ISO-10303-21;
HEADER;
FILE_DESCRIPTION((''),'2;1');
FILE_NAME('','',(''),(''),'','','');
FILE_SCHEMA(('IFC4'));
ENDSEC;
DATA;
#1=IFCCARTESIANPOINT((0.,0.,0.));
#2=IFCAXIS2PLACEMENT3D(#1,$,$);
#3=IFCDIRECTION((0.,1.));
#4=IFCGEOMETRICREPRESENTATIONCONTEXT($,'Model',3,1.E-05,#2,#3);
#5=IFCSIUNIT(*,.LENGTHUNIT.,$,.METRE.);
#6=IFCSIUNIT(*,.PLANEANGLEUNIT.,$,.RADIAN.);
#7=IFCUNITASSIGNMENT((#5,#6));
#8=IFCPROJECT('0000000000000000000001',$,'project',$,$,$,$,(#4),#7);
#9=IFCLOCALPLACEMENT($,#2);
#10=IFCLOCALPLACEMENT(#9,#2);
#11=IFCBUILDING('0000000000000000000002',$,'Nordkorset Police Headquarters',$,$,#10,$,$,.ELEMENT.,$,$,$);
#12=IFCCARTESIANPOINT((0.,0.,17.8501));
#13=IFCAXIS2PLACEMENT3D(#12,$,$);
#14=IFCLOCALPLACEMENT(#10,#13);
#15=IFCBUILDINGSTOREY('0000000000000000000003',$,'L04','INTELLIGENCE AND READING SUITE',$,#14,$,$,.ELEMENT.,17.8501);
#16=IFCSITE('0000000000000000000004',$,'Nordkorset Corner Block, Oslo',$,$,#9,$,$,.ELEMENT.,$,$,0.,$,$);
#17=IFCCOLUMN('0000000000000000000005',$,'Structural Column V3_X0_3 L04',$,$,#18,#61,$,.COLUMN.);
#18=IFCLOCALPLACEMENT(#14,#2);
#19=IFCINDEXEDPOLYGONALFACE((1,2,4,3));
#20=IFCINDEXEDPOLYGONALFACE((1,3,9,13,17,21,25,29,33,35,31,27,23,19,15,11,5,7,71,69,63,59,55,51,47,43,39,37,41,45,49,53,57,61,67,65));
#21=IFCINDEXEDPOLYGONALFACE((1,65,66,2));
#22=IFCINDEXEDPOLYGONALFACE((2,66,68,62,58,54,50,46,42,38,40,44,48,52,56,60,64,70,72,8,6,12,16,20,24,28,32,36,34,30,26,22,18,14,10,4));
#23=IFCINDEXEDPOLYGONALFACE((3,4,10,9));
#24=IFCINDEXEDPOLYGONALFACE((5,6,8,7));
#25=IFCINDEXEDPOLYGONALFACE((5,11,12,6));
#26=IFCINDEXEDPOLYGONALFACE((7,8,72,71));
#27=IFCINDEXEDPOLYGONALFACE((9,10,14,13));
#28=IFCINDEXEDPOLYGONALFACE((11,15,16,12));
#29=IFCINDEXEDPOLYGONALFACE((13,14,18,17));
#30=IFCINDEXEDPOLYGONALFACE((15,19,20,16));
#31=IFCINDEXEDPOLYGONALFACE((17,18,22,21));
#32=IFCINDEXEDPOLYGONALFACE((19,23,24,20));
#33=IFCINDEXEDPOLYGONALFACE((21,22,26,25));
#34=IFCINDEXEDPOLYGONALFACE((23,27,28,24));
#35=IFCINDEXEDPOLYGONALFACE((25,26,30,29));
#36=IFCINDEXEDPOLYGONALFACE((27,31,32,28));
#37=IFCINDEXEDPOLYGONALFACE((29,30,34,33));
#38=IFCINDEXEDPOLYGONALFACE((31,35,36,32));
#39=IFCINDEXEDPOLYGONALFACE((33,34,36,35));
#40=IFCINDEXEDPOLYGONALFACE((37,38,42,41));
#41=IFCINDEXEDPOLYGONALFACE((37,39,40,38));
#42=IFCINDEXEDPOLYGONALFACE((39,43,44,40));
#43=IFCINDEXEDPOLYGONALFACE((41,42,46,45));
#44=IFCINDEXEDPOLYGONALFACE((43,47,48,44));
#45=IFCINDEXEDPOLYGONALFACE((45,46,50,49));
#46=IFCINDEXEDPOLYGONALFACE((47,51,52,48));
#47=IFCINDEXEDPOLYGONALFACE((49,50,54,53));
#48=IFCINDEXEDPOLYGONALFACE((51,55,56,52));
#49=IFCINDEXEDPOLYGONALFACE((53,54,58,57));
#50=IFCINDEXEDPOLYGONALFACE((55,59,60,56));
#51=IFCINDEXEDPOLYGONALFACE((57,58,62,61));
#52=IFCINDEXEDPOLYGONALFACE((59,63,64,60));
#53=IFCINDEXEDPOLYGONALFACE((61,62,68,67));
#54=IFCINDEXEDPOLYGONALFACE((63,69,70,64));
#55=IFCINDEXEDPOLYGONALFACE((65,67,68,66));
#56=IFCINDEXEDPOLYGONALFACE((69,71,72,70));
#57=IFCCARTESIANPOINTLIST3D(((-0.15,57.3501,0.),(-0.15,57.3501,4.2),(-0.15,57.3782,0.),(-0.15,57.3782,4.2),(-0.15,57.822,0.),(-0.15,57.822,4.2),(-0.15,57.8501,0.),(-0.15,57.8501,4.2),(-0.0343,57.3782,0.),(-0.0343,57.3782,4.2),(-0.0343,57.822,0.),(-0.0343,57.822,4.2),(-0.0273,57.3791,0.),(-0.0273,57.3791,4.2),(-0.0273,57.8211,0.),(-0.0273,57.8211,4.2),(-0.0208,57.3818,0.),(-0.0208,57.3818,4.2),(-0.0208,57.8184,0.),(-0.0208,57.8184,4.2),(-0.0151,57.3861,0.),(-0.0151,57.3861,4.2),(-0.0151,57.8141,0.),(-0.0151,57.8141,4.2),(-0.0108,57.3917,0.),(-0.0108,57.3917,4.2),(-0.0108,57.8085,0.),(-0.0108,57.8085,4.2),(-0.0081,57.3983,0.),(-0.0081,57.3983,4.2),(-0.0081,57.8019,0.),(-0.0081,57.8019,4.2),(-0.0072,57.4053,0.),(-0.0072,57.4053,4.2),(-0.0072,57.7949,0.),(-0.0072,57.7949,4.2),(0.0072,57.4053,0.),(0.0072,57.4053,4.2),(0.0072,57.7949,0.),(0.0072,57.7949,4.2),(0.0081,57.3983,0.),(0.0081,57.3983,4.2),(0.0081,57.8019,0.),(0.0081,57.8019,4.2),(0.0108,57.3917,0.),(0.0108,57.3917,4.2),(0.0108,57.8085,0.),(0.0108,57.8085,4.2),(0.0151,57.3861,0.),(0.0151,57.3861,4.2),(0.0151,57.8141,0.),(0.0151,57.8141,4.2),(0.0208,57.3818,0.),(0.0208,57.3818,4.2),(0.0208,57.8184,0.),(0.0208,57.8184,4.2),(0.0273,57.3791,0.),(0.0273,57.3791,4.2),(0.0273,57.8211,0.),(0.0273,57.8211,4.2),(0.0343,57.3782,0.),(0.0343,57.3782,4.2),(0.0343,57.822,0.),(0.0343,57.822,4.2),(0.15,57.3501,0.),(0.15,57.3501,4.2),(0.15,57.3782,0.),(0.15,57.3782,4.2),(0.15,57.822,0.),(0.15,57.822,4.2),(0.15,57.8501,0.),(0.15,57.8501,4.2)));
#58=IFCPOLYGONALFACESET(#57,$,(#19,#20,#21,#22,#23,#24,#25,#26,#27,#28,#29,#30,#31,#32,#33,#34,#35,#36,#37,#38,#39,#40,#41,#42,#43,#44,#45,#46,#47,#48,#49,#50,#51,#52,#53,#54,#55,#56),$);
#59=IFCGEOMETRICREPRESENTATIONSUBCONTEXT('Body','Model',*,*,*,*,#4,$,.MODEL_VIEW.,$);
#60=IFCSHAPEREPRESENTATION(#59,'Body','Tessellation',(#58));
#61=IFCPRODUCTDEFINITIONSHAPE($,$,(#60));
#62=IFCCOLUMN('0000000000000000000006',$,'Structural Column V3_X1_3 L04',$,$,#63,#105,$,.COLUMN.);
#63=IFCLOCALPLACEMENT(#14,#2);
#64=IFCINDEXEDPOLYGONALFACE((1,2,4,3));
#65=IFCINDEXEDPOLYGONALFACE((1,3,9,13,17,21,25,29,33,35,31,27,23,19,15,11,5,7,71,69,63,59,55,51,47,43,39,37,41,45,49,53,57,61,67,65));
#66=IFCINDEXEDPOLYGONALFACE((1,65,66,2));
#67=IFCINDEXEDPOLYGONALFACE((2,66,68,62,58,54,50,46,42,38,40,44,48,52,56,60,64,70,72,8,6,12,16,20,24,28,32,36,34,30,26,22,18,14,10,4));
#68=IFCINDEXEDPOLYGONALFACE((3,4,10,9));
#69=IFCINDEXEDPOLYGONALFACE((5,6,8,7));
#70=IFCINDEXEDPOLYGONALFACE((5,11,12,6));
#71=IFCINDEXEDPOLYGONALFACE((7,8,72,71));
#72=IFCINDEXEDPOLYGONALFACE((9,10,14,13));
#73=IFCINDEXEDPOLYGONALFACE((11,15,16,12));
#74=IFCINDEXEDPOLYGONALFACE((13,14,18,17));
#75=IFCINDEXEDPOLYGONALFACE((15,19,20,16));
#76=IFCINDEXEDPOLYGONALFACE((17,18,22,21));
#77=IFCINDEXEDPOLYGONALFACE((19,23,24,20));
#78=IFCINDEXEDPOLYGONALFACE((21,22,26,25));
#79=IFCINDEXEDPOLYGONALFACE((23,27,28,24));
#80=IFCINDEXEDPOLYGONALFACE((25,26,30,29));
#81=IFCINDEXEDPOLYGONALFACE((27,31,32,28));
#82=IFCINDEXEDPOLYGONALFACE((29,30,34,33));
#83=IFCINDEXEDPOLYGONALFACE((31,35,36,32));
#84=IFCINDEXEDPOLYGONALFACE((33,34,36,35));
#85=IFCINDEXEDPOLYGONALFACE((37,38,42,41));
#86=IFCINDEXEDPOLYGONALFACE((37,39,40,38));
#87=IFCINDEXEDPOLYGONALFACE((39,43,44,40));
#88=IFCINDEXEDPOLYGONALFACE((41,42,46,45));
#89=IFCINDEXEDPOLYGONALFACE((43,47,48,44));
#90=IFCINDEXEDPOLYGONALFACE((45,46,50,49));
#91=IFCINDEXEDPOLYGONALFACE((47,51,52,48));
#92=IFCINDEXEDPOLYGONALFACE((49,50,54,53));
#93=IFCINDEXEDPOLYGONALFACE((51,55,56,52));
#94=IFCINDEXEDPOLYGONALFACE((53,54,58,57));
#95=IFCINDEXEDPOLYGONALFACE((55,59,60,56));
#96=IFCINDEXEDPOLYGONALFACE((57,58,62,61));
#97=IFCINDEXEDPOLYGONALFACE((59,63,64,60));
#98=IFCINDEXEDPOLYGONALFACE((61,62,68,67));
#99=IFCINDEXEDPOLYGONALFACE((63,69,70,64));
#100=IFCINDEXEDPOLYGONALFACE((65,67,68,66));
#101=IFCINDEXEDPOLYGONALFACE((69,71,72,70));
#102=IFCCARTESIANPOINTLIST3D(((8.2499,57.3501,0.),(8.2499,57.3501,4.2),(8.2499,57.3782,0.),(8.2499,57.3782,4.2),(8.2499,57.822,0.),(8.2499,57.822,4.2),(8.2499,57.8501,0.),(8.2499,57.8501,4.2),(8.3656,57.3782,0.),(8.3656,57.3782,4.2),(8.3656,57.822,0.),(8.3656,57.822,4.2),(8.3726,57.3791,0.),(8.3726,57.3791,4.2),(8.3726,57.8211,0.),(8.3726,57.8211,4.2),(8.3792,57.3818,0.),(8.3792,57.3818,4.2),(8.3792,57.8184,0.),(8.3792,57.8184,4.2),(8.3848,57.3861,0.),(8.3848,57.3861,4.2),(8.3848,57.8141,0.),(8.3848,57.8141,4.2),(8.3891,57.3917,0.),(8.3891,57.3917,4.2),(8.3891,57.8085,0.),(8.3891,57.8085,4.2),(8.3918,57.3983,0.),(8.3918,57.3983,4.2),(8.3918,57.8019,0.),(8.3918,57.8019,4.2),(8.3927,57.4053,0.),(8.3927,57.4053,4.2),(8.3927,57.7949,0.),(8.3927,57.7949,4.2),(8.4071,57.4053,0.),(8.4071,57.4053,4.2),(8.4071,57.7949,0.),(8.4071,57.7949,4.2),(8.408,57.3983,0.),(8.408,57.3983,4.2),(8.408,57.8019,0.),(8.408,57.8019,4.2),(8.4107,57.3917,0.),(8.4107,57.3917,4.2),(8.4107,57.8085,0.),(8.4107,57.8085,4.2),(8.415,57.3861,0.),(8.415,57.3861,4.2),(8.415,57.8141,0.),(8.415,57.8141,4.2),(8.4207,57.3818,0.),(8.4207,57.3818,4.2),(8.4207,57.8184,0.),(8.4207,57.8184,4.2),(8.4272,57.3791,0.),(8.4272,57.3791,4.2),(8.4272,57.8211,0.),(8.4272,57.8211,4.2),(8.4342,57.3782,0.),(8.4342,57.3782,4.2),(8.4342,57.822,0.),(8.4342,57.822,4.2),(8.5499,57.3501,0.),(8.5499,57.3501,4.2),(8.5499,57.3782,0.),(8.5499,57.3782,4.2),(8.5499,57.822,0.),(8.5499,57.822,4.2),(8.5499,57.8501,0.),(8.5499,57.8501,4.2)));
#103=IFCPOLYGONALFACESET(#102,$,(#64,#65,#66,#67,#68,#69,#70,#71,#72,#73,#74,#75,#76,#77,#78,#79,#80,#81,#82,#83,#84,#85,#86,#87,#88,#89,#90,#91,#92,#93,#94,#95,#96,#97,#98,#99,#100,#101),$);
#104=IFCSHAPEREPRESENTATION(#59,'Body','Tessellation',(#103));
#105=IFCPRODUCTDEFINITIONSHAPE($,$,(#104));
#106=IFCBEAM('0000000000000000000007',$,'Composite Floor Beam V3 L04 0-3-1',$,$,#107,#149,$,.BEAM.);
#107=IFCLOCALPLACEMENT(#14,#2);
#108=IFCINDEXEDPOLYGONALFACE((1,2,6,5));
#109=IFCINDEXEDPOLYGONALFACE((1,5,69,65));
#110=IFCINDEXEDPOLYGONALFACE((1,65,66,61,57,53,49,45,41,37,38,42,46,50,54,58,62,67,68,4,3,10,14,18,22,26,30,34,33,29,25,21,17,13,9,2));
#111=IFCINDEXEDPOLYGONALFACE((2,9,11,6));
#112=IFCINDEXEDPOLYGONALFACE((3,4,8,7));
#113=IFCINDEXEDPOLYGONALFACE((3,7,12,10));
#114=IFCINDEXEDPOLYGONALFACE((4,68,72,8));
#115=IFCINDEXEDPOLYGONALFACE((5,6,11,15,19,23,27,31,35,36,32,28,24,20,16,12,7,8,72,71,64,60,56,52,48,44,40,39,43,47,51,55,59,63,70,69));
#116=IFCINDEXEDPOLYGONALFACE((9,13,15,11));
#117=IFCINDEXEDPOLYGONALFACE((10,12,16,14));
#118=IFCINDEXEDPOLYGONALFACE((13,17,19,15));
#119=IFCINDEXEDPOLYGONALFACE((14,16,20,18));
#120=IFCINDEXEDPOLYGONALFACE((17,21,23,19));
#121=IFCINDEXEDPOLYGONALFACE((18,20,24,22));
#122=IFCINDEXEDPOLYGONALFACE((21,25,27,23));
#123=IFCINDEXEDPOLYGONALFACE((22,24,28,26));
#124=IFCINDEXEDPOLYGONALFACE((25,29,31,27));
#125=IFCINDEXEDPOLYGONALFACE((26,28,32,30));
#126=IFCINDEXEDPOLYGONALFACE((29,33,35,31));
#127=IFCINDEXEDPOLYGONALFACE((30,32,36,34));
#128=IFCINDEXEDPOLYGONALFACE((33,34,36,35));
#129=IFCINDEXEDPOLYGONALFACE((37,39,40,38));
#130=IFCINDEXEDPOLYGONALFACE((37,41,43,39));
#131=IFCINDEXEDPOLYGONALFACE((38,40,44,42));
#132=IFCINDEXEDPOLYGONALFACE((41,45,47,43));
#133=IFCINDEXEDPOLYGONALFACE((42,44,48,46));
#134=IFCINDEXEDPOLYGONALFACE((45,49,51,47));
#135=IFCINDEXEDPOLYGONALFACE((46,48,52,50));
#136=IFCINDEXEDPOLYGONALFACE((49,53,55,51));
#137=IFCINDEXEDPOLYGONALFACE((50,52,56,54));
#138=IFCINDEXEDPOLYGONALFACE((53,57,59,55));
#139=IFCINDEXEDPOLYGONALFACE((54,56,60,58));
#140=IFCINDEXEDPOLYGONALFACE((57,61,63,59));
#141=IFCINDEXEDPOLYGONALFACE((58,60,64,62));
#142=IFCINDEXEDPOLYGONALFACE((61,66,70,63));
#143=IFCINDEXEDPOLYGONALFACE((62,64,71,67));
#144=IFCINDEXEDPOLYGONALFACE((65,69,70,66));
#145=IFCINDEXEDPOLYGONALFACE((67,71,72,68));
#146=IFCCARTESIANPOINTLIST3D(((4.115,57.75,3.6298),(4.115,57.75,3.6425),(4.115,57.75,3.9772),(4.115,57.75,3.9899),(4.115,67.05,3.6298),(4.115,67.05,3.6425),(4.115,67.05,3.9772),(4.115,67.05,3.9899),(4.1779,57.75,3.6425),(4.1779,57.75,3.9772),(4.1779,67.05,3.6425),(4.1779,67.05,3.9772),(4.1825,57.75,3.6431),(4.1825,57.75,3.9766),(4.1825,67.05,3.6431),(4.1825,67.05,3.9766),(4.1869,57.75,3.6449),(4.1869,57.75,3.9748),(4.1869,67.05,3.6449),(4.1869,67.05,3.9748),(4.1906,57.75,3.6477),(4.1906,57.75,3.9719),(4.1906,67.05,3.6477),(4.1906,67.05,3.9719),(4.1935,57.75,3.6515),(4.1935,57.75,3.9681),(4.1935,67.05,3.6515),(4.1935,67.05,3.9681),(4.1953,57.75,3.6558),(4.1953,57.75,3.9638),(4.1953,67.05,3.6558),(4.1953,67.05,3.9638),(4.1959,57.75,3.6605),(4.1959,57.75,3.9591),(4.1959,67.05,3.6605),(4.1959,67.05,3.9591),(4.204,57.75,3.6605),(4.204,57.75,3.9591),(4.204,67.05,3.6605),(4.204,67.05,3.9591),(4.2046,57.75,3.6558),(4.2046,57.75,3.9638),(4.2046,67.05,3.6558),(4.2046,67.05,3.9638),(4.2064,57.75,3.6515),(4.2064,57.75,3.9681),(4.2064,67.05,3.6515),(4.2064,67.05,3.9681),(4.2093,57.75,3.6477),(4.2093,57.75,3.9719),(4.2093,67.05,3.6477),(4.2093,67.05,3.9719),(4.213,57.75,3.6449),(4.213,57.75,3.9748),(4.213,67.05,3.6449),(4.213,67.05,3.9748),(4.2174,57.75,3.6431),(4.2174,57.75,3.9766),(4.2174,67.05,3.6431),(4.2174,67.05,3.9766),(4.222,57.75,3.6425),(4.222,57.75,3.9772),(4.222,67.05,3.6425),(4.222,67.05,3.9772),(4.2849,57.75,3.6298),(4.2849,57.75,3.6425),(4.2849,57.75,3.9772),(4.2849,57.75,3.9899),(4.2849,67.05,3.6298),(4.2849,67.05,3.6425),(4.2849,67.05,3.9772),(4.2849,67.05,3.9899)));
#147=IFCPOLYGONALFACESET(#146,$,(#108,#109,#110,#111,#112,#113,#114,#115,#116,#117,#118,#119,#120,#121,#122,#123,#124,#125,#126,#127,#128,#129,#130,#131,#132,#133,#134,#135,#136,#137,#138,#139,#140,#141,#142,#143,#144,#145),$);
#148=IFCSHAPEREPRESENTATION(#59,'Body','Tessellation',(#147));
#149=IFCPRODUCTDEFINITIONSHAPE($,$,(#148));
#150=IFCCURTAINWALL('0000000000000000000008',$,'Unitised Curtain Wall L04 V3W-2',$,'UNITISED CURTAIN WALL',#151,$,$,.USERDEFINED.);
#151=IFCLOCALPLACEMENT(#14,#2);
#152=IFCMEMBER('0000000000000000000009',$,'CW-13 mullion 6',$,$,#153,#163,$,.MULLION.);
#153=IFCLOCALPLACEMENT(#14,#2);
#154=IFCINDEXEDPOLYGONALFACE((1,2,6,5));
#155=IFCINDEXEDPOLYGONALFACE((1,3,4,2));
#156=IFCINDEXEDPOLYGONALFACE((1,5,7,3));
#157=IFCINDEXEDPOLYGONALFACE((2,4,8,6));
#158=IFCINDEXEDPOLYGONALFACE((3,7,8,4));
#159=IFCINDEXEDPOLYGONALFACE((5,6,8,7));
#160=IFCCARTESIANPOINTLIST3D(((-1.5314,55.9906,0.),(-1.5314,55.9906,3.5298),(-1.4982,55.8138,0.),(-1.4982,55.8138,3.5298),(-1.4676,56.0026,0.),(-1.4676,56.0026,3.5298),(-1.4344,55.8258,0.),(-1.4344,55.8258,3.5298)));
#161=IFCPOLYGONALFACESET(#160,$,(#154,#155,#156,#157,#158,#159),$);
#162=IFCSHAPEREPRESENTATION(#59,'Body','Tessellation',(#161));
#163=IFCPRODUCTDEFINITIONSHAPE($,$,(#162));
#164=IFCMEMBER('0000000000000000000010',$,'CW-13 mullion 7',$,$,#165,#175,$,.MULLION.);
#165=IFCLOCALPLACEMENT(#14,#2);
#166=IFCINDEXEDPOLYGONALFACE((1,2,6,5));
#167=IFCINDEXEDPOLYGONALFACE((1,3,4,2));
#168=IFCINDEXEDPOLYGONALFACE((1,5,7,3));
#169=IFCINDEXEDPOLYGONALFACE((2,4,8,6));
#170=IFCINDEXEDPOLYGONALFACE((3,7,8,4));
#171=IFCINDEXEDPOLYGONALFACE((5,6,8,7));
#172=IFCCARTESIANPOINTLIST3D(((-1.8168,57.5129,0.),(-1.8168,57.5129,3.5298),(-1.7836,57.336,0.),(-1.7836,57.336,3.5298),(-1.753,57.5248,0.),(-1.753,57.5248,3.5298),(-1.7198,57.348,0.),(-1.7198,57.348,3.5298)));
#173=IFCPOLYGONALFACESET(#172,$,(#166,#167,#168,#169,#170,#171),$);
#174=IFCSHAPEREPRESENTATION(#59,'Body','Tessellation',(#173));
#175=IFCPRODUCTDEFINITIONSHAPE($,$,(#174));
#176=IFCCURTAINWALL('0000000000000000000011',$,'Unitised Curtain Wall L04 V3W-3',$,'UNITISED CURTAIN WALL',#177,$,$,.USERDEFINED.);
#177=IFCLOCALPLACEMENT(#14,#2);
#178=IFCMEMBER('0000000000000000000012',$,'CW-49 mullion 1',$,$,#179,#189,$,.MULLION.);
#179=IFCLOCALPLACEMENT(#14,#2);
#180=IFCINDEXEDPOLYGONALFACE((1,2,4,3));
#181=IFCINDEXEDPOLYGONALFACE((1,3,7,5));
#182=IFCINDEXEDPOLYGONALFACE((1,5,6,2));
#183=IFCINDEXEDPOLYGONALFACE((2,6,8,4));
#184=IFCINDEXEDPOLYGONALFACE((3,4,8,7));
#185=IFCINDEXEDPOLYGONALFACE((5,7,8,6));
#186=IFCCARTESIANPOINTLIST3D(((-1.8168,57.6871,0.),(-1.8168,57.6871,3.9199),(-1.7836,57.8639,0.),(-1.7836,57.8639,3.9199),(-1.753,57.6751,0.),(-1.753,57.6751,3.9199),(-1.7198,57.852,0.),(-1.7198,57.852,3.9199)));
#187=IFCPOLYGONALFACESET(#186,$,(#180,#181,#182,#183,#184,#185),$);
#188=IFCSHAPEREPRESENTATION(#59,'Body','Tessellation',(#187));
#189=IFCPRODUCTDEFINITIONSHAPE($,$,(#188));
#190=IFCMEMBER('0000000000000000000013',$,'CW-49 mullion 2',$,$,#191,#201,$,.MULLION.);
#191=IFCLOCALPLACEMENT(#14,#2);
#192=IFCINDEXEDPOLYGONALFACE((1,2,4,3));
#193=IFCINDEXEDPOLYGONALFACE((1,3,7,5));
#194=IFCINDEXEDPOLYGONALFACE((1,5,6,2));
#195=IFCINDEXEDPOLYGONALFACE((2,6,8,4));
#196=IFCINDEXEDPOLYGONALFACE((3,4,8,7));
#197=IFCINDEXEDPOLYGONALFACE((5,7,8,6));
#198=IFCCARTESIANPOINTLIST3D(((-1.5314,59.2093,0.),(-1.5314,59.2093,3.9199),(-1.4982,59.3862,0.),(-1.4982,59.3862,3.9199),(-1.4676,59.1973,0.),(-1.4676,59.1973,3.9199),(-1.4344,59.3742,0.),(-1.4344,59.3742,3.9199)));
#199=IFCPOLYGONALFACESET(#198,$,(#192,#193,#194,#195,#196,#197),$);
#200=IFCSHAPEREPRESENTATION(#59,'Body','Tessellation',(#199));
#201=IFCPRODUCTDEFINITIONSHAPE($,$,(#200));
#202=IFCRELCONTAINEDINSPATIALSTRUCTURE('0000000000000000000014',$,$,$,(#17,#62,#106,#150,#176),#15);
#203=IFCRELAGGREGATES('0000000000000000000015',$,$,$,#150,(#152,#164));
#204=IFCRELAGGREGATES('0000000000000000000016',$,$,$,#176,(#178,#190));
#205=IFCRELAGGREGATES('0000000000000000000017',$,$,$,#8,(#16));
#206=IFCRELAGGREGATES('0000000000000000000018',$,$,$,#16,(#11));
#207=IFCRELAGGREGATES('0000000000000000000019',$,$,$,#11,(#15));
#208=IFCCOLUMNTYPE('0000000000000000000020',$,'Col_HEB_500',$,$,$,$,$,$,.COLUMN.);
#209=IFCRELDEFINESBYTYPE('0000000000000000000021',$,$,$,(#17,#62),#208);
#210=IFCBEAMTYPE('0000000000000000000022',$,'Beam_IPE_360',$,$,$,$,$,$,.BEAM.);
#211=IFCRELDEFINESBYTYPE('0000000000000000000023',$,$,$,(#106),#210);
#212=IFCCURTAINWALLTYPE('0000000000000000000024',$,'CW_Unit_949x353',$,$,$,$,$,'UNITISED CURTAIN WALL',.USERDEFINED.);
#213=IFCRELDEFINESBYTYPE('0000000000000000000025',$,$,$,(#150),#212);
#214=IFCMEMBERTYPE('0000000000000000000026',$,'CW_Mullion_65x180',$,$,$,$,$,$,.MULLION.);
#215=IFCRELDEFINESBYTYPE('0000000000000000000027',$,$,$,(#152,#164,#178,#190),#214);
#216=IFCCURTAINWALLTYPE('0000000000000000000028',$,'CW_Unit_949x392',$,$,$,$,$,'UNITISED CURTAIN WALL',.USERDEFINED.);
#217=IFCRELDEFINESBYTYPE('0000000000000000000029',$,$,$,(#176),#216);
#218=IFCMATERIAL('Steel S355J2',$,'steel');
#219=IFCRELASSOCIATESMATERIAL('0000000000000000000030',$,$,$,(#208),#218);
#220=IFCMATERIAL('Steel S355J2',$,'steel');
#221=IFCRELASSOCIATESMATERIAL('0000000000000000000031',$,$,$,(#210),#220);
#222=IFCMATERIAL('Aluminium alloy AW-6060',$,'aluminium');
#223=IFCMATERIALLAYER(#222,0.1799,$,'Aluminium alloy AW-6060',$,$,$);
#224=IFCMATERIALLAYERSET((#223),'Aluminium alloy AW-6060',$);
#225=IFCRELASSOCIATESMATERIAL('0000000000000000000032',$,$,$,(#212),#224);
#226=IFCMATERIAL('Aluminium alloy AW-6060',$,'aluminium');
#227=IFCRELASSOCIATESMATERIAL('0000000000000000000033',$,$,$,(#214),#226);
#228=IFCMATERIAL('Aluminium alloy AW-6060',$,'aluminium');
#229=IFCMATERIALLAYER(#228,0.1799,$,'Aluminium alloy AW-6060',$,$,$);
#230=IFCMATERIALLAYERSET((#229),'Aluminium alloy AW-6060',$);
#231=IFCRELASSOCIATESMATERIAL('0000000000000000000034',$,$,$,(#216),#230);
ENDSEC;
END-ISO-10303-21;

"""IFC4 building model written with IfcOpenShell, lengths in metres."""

from ifc_helpers import new_model, si_unit, direction, frame, origin, origin_2d, place, context, subcontext, project, spatial, rectangle, i_section, extrude, material, layer, layer_set, material_profile, profile_set, type_object, element, aggregate, save


model = new_model("IFC4")

# Units and contexts
model_context = context("Model", 3, precision=1e-05, world=origin(), true_north=direction((0.0, 1.0)))
body_context = subcontext(model_context, "Body", "Model", "MODEL_VIEW")
ifc_project = project(units=[si_unit("LENGTHUNIT", "METRE"), si_unit("PLANEANGLEUNIT", "RADIAN")], contexts=[model_context])

# Site, building, storey
site_placement = place(None, origin())
site = spatial("IfcSite", under=ifc_project, at=site_placement, Name="Nordkorset Corner Block, Oslo", CompositionType="ELEMENT", RefElevation=0.0)
building_placement = place(site_placement, origin())
building = spatial("IfcBuilding", under=site, at=building_placement, Name="Nordkorset Police Headquarters", CompositionType="ELEMENT")
storey_placement = place(building_placement, frame((0.0, 0.0, 17.8501)))
storey = spatial("IfcBuildingStorey", under=building, at=storey_placement, Name="L04", Description="INTELLIGENCE AND READING SUITE", CompositionType="ELEMENT", Elevation=17.8501)

# Columns
ifc_material_1 = material(Name="Steel S355J2", Category="steel")
ifc_material_profile_1 = material_profile(ifc_material_1, i_section(OverallWidth=0.3, OverallDepth=0.5, WebThickness=0.0144, FlangeThickness=0.0281, FilletRadius=0.0271, at=origin_2d()), Name="HEB 500")
ifc_profile_set_1 = profile_set([ifc_material_profile_1], Name="Steel S355J2")
column_type = type_object("IfcColumnType", Name="Col_HEB_500", PredefinedType="COLUMN", material=ifc_profile_set_1)
for number, where, z_axis, x_axis, name in (
    (1, (0.0, 57.6001, 0.0), (0.0, 0.0, 1.0), (1.0, 0.0, 0.0), "Structural Column V3_X0_3 L04"),
    (2, (8.3999, 57.6001, 0.0), (0.0, 0.0, 1.0), (1.0, 0.0, 0.0), "Structural Column V3_X1_3 L04"),
):
    element("IfcColumn", number, at=place(storey_placement, frame(where, z_axis=z_axis, x_axis=x_axis)), inside=storey, type_object=column_type, Name=name, PredefinedType="COLUMN", context=body_context, shape_type="SweptSolid", body=[
        extrude(i_section(OverallWidth=0.3, OverallDepth=0.5, WebThickness=0.0144, FlangeThickness=0.0281, FilletRadius=0.0271, at=origin_2d()), origin(), (0.0, 0.0, 1.0), 4.2),
    ])

# Beam
ifc_material_2 = material(Name="Steel S355J2", Category="steel")
ifc_material_profile_2 = material_profile(ifc_material_2, i_section(OverallWidth=0.1699, OverallDepth=0.3601, WebThickness=0.0081, FlangeThickness=0.0127, FilletRadius=0.0181, at=origin_2d()), Name="IPE 360")
ifc_profile_set_2 = profile_set([ifc_material_profile_2], Name="Steel S355J2")
beam_type_1 = type_object("IfcBeamType", Name="Beam_IPE_360", PredefinedType="BEAM", material=ifc_profile_set_2)
beam_1_placement = place(storey_placement, frame((4.2, 57.75, 3.8098), z_axis=(0.0, 1.0, 0.0), x_axis=(-1.0, 0.0, 0.0)))
element("IfcBeam", 3, at=beam_1_placement, inside=storey, type_object=beam_type_1, Name="Composite Floor Beam V3 L04 0-3-1", PredefinedType="BEAM", context=body_context, shape_type="SweptSolid", body=[
    extrude(i_section(OverallWidth=0.1699, OverallDepth=0.3601, WebThickness=0.0081, FlangeThickness=0.0127, FilletRadius=0.0181, at=origin_2d()), origin(), (0.0, 0.0, 1.0), 9.3),
])

# Curtain walls, members
ifc_material_3 = material(Name="Aluminium alloy AW-6060", Category="aluminium")
ifc_layer_1 = layer(ifc_material_3, 0.1799, Name="Aluminium alloy AW-6060")
ifc_layer_set_1 = layer_set([ifc_layer_1], Name="Aluminium alloy AW-6060")
curtain_wall_type_1 = type_object("IfcCurtainWallType", Name="CW_Unit_949x353", ElementType="UNITISED CURTAIN WALL", PredefinedType="USERDEFINED", material=ifc_layer_set_1)
curtain_wall_1_placement = place(storey_placement, origin())
curtain_wall_1 = element("IfcCurtainWall", 4, at=curtain_wall_1_placement, inside=storey, type_object=curtain_wall_type_1, Name="Unitised Curtain Wall L04 V3W-2", ObjectType="UNITISED CURTAIN WALL", PredefinedType="USERDEFINED")
ifc_material_4 = material(Name="Aluminium alloy AW-6060", Category="aluminium")
ifc_material_profile_3 = material_profile(ifc_material_4, rectangle(XDim=0.0649, YDim=0.1799, at=origin_2d()), Name="ALU MULL 65x180")
ifc_profile_set_3 = profile_set([ifc_material_profile_3], Name="Aluminium alloy AW-6060")
member_type_1 = type_object("IfcMemberType", Name="CW_Mullion_65x180", PredefinedType="MULLION", material=ifc_profile_set_3)
member_1_placement = place(storey_placement, frame((-1.4829, 55.9082, 0.0), z_axis=(0.0, 0.0, 1.0), x_axis=(-0.982872, -0.184289, 0.0)))
member_1 = element("IfcMember", 5, at=member_1_placement, type_object=member_type_1, Name="CW-13 mullion 6", PredefinedType="MULLION", context=body_context, shape_type="SweptSolid", body=[
    extrude(rectangle(XDim=0.0649, YDim=0.1799, at=origin_2d()), origin(), (0.0, 0.0, 1.0), 3.5298),
])
member_2_placement = place(storey_placement, frame((-1.7683, 57.4304, 0.0), z_axis=(0.0, 0.0, 1.0), x_axis=(-0.982872, -0.184289, 0.0)))
member_2 = element("IfcMember", 6, at=member_2_placement, type_object=member_type_1, Name="CW-13 mullion 7", PredefinedType="MULLION", context=body_context, shape_type="SweptSolid", body=[
    extrude(rectangle(XDim=0.0649, YDim=0.1799, at=origin_2d()), origin(), (0.0, 0.0, 1.0), 3.5298),
])
ifc_material_5 = material(Name="Aluminium alloy AW-6060", Category="aluminium")
ifc_layer_2 = layer(ifc_material_5, 0.1799, Name="Aluminium alloy AW-6060")
ifc_layer_set_2 = layer_set([ifc_layer_2], Name="Aluminium alloy AW-6060")
curtain_wall_type_2 = type_object("IfcCurtainWallType", Name="CW_Unit_949x392", ElementType="UNITISED CURTAIN WALL", PredefinedType="USERDEFINED", material=ifc_layer_set_2)
curtain_wall_2_placement = place(storey_placement, origin())
curtain_wall_2 = element("IfcCurtainWall", 7, at=curtain_wall_2_placement, inside=storey, type_object=curtain_wall_type_2, Name="Unitised Curtain Wall L04 V3W-3", ObjectType="UNITISED CURTAIN WALL", PredefinedType="USERDEFINED")
member_3_placement = place(storey_placement, frame((-1.7683, 57.7695, 0.0), z_axis=(0.0, 0.0, 1.0), x_axis=(-0.982872, 0.184289, 0.0)))
member_3 = element("IfcMember", 8, at=member_3_placement, type_object=member_type_1, Name="CW-49 mullion 1", PredefinedType="MULLION", context=body_context, shape_type="SweptSolid", body=[
    extrude(rectangle(XDim=0.0649, YDim=0.1799, at=origin_2d()), origin(), (0.0, 0.0, 1.0), 3.9199),
])
member_4_placement = place(storey_placement, frame((-1.4829, 59.2917, 0.0), z_axis=(0.0, 0.0, 1.0), x_axis=(-0.982872, 0.184289, 0.0)))
member_4 = element("IfcMember", 9, at=member_4_placement, type_object=member_type_1, Name="CW-49 mullion 2", PredefinedType="MULLION", context=body_context, shape_type="SweptSolid", body=[
    extrude(rectangle(XDim=0.0649, YDim=0.1799, at=origin_2d()), origin(), (0.0, 0.0, 1.0), 3.9199),
])

aggregate(curtain_wall_1, [member_1, member_2])
aggregate(curtain_wall_2, [member_3, member_4])

save(model, "model.ifc")
